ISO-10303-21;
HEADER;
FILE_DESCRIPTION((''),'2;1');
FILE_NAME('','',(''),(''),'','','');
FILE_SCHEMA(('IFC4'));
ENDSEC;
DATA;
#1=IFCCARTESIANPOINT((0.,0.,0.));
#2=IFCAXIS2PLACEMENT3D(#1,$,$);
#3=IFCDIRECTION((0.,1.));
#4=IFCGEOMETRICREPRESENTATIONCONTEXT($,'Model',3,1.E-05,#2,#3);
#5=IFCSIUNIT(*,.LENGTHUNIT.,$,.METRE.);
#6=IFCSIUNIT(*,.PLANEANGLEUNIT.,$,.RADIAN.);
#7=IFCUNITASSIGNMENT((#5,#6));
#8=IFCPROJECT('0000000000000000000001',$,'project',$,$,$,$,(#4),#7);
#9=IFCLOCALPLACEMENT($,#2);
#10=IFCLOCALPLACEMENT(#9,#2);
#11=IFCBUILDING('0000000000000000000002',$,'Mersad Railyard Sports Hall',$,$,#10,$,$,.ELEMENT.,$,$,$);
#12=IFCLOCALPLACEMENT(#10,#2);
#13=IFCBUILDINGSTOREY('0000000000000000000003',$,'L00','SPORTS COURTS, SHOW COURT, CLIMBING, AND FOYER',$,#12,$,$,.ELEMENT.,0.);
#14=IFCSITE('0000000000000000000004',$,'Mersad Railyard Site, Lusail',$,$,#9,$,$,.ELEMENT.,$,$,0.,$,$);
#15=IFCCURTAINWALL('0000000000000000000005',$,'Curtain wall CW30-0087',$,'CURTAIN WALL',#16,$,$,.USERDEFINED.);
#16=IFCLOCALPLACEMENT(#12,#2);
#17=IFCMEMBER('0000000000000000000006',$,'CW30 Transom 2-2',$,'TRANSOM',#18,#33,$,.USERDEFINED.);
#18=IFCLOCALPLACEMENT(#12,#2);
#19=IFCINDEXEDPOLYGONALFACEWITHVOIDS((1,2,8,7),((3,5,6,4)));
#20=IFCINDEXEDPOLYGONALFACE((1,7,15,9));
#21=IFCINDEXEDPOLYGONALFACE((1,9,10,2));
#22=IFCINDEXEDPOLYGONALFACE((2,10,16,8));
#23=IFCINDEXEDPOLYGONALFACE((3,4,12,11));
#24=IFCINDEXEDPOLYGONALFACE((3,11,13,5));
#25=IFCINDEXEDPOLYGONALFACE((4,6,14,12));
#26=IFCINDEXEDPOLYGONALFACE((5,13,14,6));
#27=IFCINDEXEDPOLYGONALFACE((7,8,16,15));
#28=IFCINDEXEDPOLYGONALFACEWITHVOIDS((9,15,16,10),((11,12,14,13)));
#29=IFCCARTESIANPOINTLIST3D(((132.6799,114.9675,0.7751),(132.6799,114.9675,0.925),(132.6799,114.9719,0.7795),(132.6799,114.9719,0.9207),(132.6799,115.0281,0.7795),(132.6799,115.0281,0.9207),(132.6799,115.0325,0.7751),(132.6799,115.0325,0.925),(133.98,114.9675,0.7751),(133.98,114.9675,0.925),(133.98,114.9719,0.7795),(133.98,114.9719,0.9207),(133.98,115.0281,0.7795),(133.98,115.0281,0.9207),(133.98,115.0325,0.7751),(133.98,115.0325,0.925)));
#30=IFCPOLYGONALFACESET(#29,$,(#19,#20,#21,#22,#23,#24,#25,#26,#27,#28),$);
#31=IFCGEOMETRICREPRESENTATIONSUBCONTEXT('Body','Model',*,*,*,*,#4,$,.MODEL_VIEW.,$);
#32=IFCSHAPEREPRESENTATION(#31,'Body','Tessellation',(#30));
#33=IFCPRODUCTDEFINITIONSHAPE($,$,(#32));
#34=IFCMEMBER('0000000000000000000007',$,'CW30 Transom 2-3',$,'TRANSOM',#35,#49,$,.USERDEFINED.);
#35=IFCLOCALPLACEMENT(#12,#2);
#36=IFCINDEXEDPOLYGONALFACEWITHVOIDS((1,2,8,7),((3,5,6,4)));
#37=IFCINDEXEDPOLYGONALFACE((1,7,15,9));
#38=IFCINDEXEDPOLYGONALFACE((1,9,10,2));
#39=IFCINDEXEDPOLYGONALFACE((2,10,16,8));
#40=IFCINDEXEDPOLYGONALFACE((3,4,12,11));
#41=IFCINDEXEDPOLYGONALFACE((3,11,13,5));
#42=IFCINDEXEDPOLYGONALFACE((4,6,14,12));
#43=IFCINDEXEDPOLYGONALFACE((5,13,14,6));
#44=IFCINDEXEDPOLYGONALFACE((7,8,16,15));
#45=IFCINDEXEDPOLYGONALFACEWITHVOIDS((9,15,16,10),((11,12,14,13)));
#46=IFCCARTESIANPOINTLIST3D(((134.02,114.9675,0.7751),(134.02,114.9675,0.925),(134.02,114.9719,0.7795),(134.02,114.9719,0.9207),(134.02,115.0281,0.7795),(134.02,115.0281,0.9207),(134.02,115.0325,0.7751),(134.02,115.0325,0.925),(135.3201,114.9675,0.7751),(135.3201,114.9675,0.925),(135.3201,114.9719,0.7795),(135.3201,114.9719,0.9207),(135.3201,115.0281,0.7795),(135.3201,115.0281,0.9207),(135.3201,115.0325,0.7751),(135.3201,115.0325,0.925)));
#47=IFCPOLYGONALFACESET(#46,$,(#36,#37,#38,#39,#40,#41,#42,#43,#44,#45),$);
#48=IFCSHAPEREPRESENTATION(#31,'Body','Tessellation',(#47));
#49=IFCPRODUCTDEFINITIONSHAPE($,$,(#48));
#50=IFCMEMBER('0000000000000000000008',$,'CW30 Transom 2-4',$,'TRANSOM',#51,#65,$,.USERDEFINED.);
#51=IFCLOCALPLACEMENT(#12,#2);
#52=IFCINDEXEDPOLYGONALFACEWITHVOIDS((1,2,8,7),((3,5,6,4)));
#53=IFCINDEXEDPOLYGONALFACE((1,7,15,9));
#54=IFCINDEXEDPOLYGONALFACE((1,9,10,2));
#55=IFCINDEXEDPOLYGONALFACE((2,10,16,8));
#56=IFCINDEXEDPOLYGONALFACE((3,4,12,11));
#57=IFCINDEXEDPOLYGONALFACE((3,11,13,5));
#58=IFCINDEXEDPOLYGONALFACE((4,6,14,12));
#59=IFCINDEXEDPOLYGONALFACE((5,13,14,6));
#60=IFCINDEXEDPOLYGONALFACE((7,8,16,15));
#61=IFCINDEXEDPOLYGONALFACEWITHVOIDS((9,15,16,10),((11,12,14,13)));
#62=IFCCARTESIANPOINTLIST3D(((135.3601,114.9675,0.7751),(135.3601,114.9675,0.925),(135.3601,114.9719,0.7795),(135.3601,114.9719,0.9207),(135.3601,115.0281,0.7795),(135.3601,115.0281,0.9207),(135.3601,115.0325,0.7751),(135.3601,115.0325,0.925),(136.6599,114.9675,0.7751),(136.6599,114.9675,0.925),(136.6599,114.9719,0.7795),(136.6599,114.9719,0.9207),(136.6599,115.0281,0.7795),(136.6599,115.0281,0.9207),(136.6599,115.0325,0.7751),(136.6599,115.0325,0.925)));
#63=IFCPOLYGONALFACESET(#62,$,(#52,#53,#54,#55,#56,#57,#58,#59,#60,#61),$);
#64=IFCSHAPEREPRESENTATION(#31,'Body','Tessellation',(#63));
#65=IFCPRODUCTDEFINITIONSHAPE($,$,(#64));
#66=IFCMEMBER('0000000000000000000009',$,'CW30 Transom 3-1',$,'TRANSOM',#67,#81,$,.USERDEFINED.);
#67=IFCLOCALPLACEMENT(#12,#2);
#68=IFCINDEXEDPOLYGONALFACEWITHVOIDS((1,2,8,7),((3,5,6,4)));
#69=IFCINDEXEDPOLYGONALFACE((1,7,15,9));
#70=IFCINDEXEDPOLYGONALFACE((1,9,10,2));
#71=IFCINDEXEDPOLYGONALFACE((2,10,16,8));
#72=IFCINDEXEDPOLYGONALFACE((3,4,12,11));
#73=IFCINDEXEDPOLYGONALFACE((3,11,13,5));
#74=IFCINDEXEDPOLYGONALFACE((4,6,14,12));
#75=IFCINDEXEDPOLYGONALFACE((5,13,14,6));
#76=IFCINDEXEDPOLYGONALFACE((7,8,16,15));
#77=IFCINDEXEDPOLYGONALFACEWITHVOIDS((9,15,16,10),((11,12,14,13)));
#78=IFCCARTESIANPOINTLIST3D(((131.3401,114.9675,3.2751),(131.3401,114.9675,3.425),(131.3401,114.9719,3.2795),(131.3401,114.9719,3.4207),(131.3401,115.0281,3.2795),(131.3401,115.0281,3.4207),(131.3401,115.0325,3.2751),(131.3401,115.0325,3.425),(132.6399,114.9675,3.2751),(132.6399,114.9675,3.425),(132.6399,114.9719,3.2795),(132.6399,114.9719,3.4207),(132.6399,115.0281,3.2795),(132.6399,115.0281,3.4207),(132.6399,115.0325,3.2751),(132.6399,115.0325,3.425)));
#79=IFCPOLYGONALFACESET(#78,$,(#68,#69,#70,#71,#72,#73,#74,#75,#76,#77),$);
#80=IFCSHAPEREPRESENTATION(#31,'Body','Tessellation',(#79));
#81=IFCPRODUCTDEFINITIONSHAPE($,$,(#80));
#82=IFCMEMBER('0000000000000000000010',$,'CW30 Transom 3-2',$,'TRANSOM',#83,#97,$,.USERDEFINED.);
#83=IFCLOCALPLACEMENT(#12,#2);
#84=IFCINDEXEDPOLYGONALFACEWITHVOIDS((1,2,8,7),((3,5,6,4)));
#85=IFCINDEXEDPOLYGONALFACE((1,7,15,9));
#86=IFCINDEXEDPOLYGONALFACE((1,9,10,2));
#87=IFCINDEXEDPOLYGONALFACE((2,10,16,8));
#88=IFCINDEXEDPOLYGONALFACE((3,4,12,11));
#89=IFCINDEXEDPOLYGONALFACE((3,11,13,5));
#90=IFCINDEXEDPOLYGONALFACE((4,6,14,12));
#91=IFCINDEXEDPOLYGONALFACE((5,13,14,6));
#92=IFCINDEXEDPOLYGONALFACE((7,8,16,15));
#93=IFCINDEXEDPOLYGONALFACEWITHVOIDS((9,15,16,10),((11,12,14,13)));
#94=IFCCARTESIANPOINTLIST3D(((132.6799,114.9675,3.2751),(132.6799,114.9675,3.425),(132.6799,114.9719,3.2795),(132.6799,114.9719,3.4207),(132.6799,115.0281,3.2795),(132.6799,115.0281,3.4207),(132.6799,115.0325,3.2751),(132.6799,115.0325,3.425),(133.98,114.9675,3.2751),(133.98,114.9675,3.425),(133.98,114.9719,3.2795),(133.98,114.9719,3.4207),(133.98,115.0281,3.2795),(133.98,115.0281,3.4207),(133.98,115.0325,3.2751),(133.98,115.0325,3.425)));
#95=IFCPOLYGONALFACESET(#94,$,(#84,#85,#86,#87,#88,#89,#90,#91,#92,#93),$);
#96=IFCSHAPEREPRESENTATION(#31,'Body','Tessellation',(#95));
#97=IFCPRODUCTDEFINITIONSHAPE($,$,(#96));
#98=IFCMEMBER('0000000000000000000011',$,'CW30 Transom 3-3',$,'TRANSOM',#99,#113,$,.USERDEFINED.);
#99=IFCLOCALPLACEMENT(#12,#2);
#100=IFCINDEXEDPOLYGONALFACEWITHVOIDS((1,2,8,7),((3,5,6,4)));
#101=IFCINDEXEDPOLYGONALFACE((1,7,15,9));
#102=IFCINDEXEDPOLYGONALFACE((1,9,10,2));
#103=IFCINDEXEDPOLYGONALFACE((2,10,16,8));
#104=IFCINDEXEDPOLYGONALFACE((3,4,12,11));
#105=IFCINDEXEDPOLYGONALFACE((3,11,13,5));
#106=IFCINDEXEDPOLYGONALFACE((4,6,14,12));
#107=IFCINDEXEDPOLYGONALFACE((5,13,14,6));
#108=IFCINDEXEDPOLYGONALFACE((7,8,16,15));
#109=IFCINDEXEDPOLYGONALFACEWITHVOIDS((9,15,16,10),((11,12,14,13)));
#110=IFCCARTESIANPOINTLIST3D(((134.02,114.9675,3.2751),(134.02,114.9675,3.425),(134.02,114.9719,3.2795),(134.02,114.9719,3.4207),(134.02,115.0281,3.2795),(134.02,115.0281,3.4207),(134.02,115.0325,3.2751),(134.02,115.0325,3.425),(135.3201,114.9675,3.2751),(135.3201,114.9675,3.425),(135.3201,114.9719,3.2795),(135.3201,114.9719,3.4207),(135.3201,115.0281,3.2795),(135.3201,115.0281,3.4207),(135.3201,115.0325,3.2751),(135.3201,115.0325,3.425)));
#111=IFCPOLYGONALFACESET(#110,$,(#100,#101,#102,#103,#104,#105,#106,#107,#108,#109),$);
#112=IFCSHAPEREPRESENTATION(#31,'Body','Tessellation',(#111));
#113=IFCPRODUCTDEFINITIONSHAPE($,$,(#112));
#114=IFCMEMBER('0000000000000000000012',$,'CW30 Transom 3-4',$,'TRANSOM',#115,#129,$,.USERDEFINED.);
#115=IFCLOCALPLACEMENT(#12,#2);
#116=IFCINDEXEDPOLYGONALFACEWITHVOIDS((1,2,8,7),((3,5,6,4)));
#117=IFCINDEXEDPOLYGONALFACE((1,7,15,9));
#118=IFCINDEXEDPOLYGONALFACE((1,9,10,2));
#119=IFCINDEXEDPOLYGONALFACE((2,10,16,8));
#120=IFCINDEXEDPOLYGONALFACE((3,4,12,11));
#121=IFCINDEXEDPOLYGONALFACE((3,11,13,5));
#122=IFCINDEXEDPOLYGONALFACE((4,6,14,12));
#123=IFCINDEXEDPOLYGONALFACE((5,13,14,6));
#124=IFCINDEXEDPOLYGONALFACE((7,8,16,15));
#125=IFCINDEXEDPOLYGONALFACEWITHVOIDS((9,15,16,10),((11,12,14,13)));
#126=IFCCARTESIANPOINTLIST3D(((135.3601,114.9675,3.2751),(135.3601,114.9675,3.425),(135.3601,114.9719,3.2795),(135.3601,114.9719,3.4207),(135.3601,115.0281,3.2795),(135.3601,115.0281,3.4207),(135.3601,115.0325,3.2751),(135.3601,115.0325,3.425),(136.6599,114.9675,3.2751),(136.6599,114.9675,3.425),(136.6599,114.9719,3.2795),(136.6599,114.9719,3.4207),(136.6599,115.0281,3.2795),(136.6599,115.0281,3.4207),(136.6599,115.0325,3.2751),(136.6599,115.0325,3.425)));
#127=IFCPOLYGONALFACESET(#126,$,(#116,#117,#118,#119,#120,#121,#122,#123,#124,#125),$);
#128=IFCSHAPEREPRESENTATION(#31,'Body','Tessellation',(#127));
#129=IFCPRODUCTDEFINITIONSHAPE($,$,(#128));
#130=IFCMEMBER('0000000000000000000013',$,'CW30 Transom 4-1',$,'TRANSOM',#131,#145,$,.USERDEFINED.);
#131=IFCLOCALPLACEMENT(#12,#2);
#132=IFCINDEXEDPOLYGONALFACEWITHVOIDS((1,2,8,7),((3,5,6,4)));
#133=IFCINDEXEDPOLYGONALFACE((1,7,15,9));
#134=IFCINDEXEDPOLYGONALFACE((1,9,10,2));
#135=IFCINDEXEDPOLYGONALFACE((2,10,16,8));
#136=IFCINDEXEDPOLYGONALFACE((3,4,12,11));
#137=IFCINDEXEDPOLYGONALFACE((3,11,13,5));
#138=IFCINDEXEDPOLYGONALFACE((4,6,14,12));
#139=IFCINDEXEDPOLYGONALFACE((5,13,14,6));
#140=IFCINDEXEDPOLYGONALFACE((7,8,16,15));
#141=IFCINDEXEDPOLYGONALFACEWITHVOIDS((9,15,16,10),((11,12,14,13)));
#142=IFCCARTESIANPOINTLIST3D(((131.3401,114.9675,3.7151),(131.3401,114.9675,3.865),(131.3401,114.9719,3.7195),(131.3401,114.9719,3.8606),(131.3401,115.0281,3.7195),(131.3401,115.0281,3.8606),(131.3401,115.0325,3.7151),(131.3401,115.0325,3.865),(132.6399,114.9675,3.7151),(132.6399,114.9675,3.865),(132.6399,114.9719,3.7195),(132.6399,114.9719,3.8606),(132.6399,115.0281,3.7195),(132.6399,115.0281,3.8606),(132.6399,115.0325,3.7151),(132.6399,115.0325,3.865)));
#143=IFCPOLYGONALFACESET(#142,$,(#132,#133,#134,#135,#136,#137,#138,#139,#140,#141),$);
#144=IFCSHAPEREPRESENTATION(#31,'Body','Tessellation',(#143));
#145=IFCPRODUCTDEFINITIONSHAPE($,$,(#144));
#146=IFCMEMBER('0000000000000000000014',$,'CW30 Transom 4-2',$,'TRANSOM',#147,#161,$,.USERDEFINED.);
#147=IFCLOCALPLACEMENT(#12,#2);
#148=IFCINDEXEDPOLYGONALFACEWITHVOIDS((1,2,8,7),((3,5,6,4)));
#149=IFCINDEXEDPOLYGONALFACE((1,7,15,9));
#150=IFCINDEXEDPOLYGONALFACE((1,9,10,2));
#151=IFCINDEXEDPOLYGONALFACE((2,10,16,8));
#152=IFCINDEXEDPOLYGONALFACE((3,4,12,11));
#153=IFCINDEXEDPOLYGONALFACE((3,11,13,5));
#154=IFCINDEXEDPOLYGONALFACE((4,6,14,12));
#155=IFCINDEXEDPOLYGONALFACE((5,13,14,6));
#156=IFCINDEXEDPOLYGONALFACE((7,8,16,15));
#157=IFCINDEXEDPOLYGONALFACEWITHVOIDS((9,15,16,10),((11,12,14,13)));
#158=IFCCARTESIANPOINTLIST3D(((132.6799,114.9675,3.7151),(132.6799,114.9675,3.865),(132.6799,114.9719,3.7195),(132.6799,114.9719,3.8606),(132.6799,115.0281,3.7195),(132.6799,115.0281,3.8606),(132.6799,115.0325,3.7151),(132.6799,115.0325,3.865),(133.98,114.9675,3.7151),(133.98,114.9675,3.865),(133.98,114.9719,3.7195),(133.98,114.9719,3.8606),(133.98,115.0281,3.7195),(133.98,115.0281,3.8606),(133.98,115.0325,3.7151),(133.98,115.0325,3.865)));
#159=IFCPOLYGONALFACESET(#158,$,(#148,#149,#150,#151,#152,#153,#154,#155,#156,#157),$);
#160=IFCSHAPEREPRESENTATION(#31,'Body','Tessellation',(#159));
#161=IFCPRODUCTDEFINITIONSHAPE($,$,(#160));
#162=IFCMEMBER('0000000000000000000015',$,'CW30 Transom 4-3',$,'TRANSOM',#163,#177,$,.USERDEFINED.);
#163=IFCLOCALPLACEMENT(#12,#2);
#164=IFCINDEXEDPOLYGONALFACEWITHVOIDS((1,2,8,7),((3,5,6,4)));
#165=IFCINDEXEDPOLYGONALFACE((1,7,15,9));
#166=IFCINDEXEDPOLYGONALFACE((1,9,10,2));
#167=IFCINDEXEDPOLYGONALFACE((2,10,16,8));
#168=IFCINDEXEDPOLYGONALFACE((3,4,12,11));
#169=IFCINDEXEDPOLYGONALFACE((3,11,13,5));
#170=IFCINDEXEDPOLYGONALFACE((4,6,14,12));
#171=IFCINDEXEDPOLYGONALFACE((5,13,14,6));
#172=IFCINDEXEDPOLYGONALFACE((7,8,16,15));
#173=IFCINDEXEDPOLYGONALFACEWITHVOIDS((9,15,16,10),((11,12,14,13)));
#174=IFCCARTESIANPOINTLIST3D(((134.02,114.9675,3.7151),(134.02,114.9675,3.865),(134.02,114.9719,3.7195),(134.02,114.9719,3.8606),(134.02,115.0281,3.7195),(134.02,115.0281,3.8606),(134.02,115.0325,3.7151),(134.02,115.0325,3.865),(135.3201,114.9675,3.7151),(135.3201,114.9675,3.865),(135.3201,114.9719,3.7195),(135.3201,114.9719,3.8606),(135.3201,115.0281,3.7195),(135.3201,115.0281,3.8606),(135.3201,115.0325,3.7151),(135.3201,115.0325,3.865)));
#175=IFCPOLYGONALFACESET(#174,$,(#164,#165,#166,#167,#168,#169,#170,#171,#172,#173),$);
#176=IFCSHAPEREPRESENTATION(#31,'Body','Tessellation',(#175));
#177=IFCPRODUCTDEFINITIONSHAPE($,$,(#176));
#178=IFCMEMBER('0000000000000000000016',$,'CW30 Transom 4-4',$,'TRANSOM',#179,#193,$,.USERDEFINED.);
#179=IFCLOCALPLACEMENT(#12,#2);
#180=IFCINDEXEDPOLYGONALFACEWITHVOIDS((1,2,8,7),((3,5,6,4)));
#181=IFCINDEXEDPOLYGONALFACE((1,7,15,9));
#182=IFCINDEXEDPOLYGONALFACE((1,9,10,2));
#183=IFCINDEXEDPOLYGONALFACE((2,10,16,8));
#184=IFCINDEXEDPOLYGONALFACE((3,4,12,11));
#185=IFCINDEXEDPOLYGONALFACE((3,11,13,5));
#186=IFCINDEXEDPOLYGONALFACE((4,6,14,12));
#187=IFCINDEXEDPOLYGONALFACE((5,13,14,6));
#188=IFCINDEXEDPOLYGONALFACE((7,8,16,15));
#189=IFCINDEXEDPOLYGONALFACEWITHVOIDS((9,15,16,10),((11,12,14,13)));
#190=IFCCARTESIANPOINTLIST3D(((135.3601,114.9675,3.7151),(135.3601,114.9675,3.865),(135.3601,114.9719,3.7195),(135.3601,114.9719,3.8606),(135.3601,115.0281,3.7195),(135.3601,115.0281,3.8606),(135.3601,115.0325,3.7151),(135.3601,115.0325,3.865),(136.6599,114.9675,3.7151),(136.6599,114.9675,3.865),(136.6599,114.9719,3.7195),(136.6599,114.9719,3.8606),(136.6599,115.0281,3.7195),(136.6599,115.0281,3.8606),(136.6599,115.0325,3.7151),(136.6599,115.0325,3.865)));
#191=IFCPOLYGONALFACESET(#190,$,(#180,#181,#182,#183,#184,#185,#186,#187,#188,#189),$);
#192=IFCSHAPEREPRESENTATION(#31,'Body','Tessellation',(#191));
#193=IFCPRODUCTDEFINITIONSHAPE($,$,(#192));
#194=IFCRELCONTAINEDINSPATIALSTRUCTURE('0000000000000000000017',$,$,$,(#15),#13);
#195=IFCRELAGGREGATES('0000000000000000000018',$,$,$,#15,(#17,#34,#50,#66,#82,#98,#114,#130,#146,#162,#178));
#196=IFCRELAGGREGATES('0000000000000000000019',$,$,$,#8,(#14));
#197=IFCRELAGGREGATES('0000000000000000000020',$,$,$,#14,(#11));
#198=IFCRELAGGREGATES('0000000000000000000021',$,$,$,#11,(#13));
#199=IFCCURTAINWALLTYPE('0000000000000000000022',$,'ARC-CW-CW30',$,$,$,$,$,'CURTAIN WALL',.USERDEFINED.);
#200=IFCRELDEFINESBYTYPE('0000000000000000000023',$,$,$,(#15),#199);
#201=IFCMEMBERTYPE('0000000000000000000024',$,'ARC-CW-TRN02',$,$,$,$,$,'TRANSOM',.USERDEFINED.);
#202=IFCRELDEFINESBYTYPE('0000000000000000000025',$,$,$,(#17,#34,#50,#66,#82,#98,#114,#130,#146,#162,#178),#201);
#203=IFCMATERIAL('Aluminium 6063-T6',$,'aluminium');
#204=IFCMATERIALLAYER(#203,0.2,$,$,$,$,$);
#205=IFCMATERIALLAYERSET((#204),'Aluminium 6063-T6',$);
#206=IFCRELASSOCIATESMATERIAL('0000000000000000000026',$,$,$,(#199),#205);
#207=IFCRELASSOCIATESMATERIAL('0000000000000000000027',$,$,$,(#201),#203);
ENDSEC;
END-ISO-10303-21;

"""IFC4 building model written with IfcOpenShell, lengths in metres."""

from ifc_helpers import new_model, si_unit, direction, frame, origin, origin_2d, place, context, subcontext, project, spatial, hollow_rectangle, extrude, material, layer, layer_set, material_profile, profile_set, type_object, element, aggregate, save


model = new_model("IFC4")

# Units and contexts
model_context = context("Model", 3, precision=1e-05, world=origin(), true_north=direction((0.0, 1.0)))
body_context = subcontext(model_context, "Body", "Model", "MODEL_VIEW")
ifc_project = project(units=[si_unit("LENGTHUNIT", "METRE"), si_unit("PLANEANGLEUNIT", "RADIAN")], contexts=[model_context])

# Site, building, storey
site_placement = place(None, origin())
site = spatial("IfcSite", under=ifc_project, at=site_placement, Name="Mersad Railyard Site, Lusail", CompositionType="ELEMENT", RefElevation=0.0)
building_placement = place(site_placement, origin())
building = spatial("IfcBuilding", under=site, at=building_placement, Name="Mersad Railyard Sports Hall", CompositionType="ELEMENT")
storey_placement = place(building_placement, origin())
storey = spatial("IfcBuildingStorey", under=building, at=storey_placement, Name="L00", Description="SPORTS COURTS, SHOW COURT, CLIMBING, AND FOYER", CompositionType="ELEMENT", Elevation=0.0)

# Shared definitions
ifc_material_1 = material(Name="Aluminium 6063-T6", Category="aluminium")

# Curtain wall, members
ifc_layer_1 = layer(ifc_material_1, 0.2)
ifc_layer_set_1 = layer_set([ifc_layer_1], Name="Aluminium 6063-T6")
curtain_wall_type_1 = type_object("IfcCurtainWallType", Name="ARC-CW-CW30", ElementType="CURTAIN WALL", PredefinedType="USERDEFINED", material=ifc_layer_set_1)
curtain_wall_1_placement = place(storey_placement, origin())
curtain_wall_1 = element("IfcCurtainWall", 1, at=curtain_wall_1_placement, inside=storey, type_object=curtain_wall_type_1, Name="Curtain wall CW30-0087", ObjectType="CURTAIN WALL", PredefinedType="USERDEFINED")
ifc_material_profile_1 = material_profile(ifc_material_1, hollow_rectangle(XDim=0.0649, YDim=0.1499, WallThickness=0.0044, at=origin_2d()), Name="AL TRANSOM 65x150x4.5")
ifc_profile_set_1 = profile_set([ifc_material_profile_1], Name="Aluminium 6063-T6")
member_type_1 = type_object("IfcMemberType", Name="ARC-CW-TRN02", ElementType="TRANSOM", PredefinedType="USERDEFINED", material=ifc_profile_set_1)
member_1_placement = place(storey_placement, frame((132.6799, 115.0, 0.8501), z_axis=(1.0, 0.0, 0.0), x_axis=(0.0, 1.0, 0.0)))
member_1 = element("IfcMember", 2, at=member_1_placement, type_object=member_type_1, Name="CW30 Transom 2-2", ObjectType="TRANSOM", PredefinedType="USERDEFINED", context=body_context, shape_type="SweptSolid", body=[
    extrude(hollow_rectangle(XDim=0.0649, YDim=0.1499, WallThickness=0.0044, at=origin_2d()), origin(), (0.0, 0.0, 1.0), 1.3),
])
member_2_placement = place(storey_placement, frame((134.02, 115.0, 0.8501), z_axis=(1.0, 0.0, 0.0), x_axis=(0.0, 1.0, 0.0)))
member_2 = element("IfcMember", 3, at=member_2_placement, type_object=member_type_1, Name="CW30 Transom 2-3", ObjectType="TRANSOM", PredefinedType="USERDEFINED", context=body_context, shape_type="SweptSolid", body=[
    extrude(hollow_rectangle(XDim=0.0649, YDim=0.1499, WallThickness=0.0044, at=origin_2d()), origin(), (0.0, 0.0, 1.0), 1.3),
])
member_3_placement = place(storey_placement, frame((135.3601, 115.0, 0.8501), z_axis=(1.0, 0.0, 0.0), x_axis=(0.0, 1.0, 0.0)))
member_3 = element("IfcMember", 4, at=member_3_placement, type_object=member_type_1, Name="CW30 Transom 2-4", ObjectType="TRANSOM", PredefinedType="USERDEFINED", context=body_context, shape_type="SweptSolid", body=[
    extrude(hollow_rectangle(XDim=0.0649, YDim=0.1499, WallThickness=0.0044, at=origin_2d()), origin(), (0.0, 0.0, 1.0), 1.2998),
])
member_4_placement = place(storey_placement, frame((131.3401, 115.0, 3.3501), z_axis=(1.0, 0.0, 0.0), x_axis=(0.0, 1.0, 0.0)))
member_4 = element("IfcMember", 5, at=member_4_placement, type_object=member_type_1, Name="CW30 Transom 3-1", ObjectType="TRANSOM", PredefinedType="USERDEFINED", context=body_context, shape_type="SweptSolid", body=[
    extrude(hollow_rectangle(XDim=0.0649, YDim=0.1499, WallThickness=0.0044, at=origin_2d()), origin(), (0.0, 0.0, 1.0), 1.2998),
])
member_5_placement = place(storey_placement, frame((132.6799, 115.0, 3.3501), z_axis=(1.0, 0.0, 0.0), x_axis=(0.0, 1.0, 0.0)))
member_5 = element("IfcMember", 6, at=member_5_placement, type_object=member_type_1, Name="CW30 Transom 3-2", ObjectType="TRANSOM", PredefinedType="USERDEFINED", context=body_context, shape_type="SweptSolid", body=[
    extrude(hollow_rectangle(XDim=0.0649, YDim=0.1499, WallThickness=0.0044, at=origin_2d()), origin(), (0.0, 0.0, 1.0), 1.3),
])
member_6_placement = place(storey_placement, frame((134.02, 115.0, 3.3501), z_axis=(1.0, 0.0, 0.0), x_axis=(0.0, 1.0, 0.0)))
member_6 = element("IfcMember", 7, at=member_6_placement, type_object=member_type_1, Name="CW30 Transom 3-3", ObjectType="TRANSOM", PredefinedType="USERDEFINED", context=body_context, shape_type="SweptSolid", body=[
    extrude(hollow_rectangle(XDim=0.0649, YDim=0.1499, WallThickness=0.0044, at=origin_2d()), origin(), (0.0, 0.0, 1.0), 1.3),
])
member_7_placement = place(storey_placement, frame((135.3601, 115.0, 3.3501), z_axis=(1.0, 0.0, 0.0), x_axis=(0.0, 1.0, 0.0)))
member_7 = element("IfcMember", 8, at=member_7_placement, type_object=member_type_1, Name="CW30 Transom 3-4", ObjectType="TRANSOM", PredefinedType="USERDEFINED", context=body_context, shape_type="SweptSolid", body=[
    extrude(hollow_rectangle(XDim=0.0649, YDim=0.1499, WallThickness=0.0044, at=origin_2d()), origin(), (0.0, 0.0, 1.0), 1.2998),
])
member_8_placement = place(storey_placement, frame((131.3401, 115.0, 3.79), z_axis=(1.0, 0.0, 0.0), x_axis=(0.0, 1.0, 0.0)))
member_8 = element("IfcMember", 9, at=member_8_placement, type_object=member_type_1, Name="CW30 Transom 4-1", ObjectType="TRANSOM", PredefinedType="USERDEFINED", context=body_context, shape_type="SweptSolid", body=[
    extrude(hollow_rectangle(XDim=0.0649, YDim=0.1499, WallThickness=0.0044, at=origin_2d()), origin(), (0.0, 0.0, 1.0), 1.2998),
])
member_9_placement = place(storey_placement, frame((132.6799, 115.0, 3.79), z_axis=(1.0, 0.0, 0.0), x_axis=(0.0, 1.0, 0.0)))
member_9 = element("IfcMember", 10, at=member_9_placement, type_object=member_type_1, Name="CW30 Transom 4-2", ObjectType="TRANSOM", PredefinedType="USERDEFINED", context=body_context, shape_type="SweptSolid", body=[
    extrude(hollow_rectangle(XDim=0.0649, YDim=0.1499, WallThickness=0.0044, at=origin_2d()), origin(), (0.0, 0.0, 1.0), 1.3),
])
member_10_placement = place(storey_placement, frame((134.02, 115.0, 3.79), z_axis=(1.0, 0.0, 0.0), x_axis=(0.0, 1.0, 0.0)))
member_10 = element("IfcMember", 11, at=member_10_placement, type_object=member_type_1, Name="CW30 Transom 4-3", ObjectType="TRANSOM", PredefinedType="USERDEFINED", context=body_context, shape_type="SweptSolid", body=[
    extrude(hollow_rectangle(XDim=0.0649, YDim=0.1499, WallThickness=0.0044, at=origin_2d()), origin(), (0.0, 0.0, 1.0), 1.3),
])
member_11_placement = place(storey_placement, frame((135.3601, 115.0, 3.79), z_axis=(1.0, 0.0, 0.0), x_axis=(0.0, 1.0, 0.0)))
member_11 = element("IfcMember", 12, at=member_11_placement, type_object=member_type_1, Name="CW30 Transom 4-4", ObjectType="TRANSOM", PredefinedType="USERDEFINED", context=body_context, shape_type="SweptSolid", body=[
    extrude(hollow_rectangle(XDim=0.0649, YDim=0.1499, WallThickness=0.0044, at=origin_2d()), origin(), (0.0, 0.0, 1.0), 1.2998),
])

aggregate(curtain_wall_1, [member_1, member_2, member_3, member_4, member_5, member_6, member_7, member_8, member_9, member_10, member_11])

save(model, "model.ifc")
